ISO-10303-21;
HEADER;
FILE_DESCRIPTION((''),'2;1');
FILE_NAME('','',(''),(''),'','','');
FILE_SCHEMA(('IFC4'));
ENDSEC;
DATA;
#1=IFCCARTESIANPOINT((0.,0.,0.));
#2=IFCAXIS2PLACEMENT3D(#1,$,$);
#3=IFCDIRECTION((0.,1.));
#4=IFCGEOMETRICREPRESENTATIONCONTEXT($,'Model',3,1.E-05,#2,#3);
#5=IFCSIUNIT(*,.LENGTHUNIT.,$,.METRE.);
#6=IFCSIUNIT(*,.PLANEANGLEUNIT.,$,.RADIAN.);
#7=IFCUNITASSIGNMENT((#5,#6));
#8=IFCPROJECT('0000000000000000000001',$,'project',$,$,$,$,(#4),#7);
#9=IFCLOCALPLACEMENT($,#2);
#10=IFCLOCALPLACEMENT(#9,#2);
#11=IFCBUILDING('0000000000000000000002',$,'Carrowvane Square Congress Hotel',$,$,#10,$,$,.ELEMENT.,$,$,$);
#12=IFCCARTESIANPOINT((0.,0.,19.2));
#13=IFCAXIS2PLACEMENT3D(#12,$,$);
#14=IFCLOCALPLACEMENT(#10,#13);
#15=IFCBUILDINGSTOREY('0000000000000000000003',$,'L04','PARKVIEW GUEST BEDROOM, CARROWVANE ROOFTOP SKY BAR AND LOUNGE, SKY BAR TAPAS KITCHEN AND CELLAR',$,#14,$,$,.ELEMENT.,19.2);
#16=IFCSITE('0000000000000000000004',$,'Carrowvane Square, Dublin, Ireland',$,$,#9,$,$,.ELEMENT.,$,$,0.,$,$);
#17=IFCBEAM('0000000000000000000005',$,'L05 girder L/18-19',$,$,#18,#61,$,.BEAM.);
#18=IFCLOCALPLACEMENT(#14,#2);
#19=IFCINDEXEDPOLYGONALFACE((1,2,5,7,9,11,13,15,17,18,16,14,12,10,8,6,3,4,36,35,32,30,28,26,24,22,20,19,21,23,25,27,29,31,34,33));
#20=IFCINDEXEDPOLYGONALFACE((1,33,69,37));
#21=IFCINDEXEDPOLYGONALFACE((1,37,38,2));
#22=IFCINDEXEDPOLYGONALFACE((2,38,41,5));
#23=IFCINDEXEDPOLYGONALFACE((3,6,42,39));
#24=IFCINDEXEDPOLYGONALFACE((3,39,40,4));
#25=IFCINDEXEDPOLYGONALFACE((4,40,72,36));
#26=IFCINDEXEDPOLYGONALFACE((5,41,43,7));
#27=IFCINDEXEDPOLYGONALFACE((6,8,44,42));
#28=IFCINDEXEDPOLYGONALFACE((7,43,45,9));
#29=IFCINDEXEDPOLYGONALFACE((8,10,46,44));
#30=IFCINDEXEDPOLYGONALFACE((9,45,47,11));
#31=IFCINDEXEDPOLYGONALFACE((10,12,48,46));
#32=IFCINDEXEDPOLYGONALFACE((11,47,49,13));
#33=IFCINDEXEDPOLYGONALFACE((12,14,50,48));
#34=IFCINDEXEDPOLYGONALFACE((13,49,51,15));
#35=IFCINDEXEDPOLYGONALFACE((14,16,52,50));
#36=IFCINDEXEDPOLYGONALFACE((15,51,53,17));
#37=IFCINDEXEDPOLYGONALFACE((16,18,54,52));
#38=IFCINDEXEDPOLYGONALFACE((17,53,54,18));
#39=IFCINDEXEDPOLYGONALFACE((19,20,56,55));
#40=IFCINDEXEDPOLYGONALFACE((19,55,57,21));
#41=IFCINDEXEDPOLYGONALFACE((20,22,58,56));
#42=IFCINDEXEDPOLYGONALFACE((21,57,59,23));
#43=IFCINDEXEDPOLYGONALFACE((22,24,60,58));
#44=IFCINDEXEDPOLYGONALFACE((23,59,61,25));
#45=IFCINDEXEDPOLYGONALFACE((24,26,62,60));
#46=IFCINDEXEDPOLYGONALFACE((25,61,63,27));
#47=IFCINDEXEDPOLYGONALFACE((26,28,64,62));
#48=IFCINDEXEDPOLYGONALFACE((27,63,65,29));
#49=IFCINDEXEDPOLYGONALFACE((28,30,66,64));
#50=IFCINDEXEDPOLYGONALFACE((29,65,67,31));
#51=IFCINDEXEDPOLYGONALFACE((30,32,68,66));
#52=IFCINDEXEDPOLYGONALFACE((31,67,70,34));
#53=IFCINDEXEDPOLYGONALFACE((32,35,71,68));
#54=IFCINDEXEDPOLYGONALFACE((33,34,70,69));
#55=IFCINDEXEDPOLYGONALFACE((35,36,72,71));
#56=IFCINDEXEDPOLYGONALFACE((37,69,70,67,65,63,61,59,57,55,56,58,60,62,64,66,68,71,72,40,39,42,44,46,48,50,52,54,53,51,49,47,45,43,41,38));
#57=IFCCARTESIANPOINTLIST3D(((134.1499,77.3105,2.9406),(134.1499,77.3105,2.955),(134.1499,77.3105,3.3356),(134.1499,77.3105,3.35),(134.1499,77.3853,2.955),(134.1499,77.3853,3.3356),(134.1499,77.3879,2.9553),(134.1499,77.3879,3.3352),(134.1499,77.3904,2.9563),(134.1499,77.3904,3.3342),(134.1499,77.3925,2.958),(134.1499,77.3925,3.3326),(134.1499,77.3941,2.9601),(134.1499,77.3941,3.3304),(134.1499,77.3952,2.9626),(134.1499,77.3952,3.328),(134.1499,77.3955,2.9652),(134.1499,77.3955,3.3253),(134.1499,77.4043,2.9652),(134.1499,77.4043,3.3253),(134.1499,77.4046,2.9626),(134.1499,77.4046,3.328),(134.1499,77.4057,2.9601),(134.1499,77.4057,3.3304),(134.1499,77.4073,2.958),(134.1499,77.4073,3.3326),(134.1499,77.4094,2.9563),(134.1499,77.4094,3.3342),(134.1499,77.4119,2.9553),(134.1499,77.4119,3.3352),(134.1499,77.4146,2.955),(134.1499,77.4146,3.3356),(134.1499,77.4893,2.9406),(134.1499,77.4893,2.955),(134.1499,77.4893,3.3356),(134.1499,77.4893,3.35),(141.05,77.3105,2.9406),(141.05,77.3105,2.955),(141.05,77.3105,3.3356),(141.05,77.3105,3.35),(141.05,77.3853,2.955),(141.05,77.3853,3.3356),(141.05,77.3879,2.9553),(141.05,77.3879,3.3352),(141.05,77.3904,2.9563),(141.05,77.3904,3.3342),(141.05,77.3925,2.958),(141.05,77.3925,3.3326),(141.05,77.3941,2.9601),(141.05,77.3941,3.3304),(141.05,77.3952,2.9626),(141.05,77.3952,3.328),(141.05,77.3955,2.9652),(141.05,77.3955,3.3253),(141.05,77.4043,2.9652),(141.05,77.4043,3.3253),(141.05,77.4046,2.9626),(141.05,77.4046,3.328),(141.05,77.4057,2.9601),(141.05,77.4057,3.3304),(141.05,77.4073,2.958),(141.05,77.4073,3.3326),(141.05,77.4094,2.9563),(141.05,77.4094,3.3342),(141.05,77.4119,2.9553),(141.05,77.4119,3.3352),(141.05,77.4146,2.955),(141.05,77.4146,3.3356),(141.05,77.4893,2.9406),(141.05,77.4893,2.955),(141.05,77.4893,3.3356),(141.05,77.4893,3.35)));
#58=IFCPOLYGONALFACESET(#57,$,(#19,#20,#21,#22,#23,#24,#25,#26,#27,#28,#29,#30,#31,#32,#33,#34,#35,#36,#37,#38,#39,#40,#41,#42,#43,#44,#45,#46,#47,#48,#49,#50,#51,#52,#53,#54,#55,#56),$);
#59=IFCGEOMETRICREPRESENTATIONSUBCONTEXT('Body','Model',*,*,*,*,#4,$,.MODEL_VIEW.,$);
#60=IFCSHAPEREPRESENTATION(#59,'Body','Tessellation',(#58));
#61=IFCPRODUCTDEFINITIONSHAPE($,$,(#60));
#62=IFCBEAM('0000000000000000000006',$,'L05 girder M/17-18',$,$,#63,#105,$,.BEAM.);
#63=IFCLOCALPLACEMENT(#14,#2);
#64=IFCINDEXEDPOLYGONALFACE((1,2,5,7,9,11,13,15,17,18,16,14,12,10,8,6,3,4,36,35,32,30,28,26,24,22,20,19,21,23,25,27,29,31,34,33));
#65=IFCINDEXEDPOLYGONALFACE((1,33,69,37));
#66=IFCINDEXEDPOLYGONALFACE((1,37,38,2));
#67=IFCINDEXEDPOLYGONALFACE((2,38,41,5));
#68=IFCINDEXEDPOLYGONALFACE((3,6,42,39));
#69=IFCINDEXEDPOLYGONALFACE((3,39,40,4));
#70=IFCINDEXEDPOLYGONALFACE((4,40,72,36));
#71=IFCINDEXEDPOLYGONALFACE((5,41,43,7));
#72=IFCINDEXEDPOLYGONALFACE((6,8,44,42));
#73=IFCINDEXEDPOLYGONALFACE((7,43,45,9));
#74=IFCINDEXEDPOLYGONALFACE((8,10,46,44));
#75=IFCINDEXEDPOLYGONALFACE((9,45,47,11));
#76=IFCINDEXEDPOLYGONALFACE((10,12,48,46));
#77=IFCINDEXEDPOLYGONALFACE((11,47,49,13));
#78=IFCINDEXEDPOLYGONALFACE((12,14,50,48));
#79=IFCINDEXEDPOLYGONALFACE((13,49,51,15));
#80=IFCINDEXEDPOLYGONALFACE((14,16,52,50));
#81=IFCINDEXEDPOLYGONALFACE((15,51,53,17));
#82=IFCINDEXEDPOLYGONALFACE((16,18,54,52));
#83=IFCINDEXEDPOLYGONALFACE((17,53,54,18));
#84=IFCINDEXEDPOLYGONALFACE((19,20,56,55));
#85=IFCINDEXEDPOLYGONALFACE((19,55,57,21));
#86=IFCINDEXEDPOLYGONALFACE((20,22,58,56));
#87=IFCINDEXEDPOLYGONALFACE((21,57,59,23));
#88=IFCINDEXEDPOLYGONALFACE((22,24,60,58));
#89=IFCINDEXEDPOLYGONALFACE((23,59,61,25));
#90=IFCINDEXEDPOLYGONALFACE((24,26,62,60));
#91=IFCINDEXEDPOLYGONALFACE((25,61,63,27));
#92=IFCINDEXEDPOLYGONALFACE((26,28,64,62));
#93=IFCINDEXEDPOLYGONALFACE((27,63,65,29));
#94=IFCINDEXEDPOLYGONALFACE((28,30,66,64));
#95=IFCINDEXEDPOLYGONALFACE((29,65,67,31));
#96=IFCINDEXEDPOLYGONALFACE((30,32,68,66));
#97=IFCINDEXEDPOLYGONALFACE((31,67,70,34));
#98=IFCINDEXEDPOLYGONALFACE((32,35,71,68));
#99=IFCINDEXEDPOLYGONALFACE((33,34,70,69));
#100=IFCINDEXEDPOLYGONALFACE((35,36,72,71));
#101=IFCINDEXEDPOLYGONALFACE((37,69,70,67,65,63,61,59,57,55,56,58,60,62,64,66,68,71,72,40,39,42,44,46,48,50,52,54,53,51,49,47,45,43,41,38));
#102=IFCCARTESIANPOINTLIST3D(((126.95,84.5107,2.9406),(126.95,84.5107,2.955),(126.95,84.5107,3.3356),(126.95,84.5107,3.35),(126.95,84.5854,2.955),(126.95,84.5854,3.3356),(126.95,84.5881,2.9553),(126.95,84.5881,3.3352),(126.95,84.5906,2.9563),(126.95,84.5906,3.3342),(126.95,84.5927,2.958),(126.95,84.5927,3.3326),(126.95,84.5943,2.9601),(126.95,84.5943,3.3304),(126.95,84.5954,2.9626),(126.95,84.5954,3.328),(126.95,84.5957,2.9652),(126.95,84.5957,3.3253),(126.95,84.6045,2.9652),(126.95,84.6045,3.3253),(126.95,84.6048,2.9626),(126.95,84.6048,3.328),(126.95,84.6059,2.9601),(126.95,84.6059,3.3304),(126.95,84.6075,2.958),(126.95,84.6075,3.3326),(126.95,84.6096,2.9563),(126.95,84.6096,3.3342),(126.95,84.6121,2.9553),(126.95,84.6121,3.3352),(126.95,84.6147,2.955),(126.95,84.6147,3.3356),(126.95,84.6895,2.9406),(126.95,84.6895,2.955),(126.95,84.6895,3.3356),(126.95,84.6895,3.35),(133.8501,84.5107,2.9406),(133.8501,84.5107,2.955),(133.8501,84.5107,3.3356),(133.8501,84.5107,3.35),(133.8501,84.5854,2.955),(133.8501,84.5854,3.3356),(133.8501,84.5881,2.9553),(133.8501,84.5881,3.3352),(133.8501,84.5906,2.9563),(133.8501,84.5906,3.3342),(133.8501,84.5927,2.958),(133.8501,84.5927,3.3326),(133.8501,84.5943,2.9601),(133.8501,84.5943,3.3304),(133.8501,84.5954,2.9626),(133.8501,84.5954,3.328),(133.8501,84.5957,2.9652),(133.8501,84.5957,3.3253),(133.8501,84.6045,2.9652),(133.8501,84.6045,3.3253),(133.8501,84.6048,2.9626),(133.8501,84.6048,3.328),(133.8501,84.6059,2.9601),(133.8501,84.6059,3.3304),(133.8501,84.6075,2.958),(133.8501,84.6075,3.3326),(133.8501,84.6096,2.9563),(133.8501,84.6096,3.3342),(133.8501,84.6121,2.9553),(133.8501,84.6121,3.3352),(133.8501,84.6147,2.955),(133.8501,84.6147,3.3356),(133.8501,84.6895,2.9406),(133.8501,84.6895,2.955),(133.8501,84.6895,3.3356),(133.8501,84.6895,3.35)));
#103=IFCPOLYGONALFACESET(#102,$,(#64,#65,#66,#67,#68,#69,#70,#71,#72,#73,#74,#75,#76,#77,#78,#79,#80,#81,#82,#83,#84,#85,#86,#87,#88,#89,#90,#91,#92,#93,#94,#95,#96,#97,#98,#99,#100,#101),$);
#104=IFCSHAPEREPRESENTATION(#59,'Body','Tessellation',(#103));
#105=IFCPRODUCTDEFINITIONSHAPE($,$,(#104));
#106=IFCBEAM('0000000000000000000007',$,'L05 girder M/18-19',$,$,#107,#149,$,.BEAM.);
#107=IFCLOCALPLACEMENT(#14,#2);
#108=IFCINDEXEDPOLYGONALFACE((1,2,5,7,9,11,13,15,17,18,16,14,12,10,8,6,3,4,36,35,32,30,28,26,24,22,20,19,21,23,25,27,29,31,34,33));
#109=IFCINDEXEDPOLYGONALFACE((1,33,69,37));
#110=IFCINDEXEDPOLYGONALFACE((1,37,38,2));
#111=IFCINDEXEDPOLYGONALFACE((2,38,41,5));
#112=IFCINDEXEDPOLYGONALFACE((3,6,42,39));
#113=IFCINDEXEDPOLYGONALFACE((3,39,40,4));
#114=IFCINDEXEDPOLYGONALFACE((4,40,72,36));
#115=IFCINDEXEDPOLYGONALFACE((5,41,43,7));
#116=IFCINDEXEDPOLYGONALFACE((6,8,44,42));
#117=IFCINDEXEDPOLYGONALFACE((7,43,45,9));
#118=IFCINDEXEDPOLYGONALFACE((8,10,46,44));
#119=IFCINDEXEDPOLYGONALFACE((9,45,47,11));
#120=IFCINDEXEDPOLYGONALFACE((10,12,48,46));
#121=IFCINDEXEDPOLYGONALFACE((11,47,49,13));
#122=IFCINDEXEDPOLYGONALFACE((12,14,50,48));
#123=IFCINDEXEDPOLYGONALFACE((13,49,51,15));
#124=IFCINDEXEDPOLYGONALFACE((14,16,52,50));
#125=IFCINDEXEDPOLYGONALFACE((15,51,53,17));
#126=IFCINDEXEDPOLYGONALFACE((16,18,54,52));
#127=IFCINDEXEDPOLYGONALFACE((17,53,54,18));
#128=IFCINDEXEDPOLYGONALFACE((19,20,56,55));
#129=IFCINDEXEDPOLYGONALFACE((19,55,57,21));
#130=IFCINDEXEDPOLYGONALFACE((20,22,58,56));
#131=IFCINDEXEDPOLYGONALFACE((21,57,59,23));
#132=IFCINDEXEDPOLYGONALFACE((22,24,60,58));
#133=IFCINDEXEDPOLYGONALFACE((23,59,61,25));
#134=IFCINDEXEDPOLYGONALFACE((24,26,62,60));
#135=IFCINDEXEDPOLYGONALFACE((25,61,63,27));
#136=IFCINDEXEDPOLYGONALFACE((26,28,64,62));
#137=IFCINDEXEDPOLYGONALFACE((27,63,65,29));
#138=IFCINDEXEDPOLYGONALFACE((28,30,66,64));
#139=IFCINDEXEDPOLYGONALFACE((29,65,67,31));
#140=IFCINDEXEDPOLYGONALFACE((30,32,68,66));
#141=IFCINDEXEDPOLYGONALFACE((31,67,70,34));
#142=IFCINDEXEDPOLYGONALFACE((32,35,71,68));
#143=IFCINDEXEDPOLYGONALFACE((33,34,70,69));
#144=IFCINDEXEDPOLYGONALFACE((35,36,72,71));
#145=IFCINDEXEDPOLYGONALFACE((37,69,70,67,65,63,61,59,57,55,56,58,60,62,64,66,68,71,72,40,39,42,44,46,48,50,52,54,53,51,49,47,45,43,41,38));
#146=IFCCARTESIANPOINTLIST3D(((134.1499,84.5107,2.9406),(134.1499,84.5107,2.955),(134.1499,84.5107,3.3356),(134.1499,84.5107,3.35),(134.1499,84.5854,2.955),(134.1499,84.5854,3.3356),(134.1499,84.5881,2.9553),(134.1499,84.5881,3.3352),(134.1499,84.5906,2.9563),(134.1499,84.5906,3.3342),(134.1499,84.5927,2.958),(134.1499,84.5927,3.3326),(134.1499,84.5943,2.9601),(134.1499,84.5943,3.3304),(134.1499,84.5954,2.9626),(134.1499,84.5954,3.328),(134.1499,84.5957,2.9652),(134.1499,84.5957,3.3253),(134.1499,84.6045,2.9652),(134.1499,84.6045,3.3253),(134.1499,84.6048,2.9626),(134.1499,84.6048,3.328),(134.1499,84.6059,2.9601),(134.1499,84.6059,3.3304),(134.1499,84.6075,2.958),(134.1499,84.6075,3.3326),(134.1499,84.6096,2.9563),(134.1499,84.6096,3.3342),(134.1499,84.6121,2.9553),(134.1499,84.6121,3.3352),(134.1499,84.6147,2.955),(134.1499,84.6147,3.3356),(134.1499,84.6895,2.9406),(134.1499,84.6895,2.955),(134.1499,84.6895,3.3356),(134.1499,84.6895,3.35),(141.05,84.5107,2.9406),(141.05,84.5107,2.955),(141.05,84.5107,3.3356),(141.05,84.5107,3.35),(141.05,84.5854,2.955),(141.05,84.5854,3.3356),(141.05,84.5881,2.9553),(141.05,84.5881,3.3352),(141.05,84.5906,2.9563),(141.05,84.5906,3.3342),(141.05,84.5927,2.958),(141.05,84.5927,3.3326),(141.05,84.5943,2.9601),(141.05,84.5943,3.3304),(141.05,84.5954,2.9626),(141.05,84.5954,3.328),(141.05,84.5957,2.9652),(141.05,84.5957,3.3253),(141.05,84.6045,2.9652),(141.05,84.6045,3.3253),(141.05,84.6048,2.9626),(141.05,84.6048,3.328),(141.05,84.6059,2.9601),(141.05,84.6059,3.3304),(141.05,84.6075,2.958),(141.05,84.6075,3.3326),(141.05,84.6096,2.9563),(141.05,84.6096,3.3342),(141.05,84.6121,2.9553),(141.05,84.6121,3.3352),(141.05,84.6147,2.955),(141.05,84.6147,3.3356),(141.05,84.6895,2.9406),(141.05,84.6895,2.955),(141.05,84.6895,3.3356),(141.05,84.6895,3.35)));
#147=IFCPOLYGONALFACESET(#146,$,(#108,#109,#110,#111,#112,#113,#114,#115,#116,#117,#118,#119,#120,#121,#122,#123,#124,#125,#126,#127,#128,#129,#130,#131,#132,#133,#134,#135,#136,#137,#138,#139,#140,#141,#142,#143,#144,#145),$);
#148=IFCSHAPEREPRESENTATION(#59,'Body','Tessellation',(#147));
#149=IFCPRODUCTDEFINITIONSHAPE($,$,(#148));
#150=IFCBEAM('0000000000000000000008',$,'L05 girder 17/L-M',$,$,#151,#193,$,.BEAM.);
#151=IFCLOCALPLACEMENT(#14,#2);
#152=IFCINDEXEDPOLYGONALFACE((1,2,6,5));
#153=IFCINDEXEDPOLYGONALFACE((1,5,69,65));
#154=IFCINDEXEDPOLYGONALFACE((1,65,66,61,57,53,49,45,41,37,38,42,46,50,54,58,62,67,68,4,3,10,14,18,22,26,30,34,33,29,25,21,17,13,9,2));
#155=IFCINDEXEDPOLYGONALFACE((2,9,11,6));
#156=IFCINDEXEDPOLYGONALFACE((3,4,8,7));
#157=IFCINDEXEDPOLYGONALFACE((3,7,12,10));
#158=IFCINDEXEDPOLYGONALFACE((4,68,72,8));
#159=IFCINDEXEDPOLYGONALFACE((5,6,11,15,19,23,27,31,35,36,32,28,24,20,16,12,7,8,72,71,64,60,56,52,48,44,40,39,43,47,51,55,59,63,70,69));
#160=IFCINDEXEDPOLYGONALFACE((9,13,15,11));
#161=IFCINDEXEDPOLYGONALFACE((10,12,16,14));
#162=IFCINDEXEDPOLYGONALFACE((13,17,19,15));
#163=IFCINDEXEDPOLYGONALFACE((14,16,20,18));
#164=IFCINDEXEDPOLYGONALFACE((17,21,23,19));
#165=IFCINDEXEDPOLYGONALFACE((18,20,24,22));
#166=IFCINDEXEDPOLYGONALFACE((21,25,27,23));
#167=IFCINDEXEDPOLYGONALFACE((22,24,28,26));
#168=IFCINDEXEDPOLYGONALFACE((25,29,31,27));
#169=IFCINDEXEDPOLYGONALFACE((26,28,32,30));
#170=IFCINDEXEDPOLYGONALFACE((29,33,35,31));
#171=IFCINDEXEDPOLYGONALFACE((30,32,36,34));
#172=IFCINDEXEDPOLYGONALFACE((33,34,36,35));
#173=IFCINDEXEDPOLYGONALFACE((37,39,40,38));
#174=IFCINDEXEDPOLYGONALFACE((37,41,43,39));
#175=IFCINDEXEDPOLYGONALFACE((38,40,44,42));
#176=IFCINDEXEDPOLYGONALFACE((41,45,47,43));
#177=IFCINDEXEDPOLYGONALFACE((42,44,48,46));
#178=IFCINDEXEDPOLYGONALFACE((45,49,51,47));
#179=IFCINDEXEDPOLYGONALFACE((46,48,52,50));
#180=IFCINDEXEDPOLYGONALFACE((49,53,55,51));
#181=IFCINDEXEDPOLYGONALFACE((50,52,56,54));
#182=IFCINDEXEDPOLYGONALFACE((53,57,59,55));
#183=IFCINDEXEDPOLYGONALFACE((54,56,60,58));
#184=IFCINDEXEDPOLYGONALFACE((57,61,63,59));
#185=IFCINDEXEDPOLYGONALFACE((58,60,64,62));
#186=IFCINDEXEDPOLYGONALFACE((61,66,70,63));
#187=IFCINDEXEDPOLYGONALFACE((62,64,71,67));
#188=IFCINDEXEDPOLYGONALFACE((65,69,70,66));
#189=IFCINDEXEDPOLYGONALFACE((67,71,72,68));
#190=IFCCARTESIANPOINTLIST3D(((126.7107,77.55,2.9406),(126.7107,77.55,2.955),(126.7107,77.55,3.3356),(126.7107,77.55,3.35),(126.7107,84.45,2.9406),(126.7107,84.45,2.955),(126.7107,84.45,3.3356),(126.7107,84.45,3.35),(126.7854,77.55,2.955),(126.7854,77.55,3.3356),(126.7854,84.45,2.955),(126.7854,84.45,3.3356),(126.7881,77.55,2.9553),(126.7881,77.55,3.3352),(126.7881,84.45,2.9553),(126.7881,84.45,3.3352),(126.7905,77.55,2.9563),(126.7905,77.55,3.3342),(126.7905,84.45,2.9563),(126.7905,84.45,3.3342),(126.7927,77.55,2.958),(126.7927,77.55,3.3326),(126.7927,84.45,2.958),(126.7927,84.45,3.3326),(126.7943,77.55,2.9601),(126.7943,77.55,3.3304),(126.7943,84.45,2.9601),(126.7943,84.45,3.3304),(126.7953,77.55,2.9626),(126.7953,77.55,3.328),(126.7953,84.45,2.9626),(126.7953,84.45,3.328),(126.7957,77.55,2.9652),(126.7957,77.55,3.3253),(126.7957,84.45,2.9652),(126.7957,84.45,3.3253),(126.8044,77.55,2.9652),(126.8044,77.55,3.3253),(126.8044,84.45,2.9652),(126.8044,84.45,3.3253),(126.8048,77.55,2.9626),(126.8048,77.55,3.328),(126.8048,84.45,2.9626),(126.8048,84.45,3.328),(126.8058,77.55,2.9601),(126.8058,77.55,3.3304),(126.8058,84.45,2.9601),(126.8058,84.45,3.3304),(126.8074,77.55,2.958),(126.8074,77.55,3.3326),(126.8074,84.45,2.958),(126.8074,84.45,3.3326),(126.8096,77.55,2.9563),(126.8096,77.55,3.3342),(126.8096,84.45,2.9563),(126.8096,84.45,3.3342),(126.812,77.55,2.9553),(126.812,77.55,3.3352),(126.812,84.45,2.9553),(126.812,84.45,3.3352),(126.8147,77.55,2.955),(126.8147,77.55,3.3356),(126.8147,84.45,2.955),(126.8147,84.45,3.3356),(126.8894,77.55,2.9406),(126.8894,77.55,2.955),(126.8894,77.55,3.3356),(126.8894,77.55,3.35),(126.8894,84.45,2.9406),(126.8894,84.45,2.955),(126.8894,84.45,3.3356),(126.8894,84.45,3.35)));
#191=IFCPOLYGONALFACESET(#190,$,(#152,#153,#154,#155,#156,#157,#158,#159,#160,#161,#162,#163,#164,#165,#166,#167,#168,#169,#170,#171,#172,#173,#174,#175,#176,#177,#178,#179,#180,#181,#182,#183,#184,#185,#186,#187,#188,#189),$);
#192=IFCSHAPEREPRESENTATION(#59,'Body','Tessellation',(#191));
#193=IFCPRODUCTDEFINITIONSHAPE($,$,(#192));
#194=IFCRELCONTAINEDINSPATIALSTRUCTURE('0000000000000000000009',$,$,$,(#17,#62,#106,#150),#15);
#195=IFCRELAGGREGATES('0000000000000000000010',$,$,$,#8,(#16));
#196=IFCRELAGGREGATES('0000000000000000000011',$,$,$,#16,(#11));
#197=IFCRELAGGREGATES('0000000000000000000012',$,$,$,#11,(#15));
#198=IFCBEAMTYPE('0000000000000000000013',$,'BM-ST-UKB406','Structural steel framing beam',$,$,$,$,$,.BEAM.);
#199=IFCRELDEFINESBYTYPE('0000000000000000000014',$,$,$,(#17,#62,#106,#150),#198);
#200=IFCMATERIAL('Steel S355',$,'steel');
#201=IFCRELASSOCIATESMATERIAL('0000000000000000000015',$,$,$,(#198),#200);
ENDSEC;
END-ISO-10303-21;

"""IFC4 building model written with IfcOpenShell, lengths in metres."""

from ifc_helpers import new_model, si_unit, direction, frame, origin, origin_2d, place, context, subcontext, project, spatial, i_section, extrude, material, material_profile, profile_set, type_object, element, save


model = new_model("IFC4")

# Units and contexts
model_context = context("Model", 3, precision=1e-05, world=origin(), true_north=direction((0.0, 1.0)))
body_context = subcontext(model_context, "Body", "Model", "MODEL_VIEW")
ifc_project = project(units=[si_unit("LENGTHUNIT", "METRE"), si_unit("PLANEANGLEUNIT", "RADIAN")], contexts=[model_context])

# Site, building, storey
site_placement = place(None, origin())
site = spatial("IfcSite", under=ifc_project, at=site_placement, Name="Carrowvane Square, Dublin, Ireland", CompositionType="ELEMENT", RefElevation=0.0)
building_placement = place(site_placement, origin())
building = spatial("IfcBuilding", under=site, at=building_placement, Name="Carrowvane Square Congress Hotel", CompositionType="ELEMENT")
storey_placement = place(building_placement, frame((0.0, 0.0, 19.2)))
storey = spatial("IfcBuildingStorey", under=building, at=storey_placement, Name="L04", Description="PARKVIEW GUEST BEDROOM, CARROWVANE ROOFTOP SKY BAR AND LOUNGE, SKY BAR TAPAS KITCHEN AND CELLAR", CompositionType="ELEMENT", Elevation=19.2)

# Beams
ifc_material_1 = material(Name="Steel S355", Category="steel")
ifc_material_profile_1 = material_profile(ifc_material_1, i_section(OverallWidth=0.1787, OverallDepth=0.4094, WebThickness=0.0088, FlangeThickness=0.0144, FilletRadius=0.0103, at=origin_2d()), Name="UKB 406x178x67")
ifc_profile_set_1 = profile_set([ifc_material_profile_1], Name="Steel S355")
beam_type_1 = type_object("IfcBeamType", Name="BM-ST-UKB406", Description="Structural steel framing beam", PredefinedType="BEAM", material=ifc_profile_set_1)
for number, where, z_axis, x_axis, name in (
    (1, (134.1499, 77.3999, 3.1453), (1.0, 0.0, 0.0), (0.0, 1.0, 0.0), "L05 girder L/18-19"),
    (2, (126.95, 84.6001, 3.1453), (1.0, 0.0, 0.0), (0.0, 1.0, 0.0), "L05 girder M/17-18"),
    (3, (134.1499, 84.6001, 3.1453), (1.0, 0.0, 0.0), (0.0, 1.0, 0.0), "L05 girder M/18-19"),
):
    element("IfcBeam", number, at=place(storey_placement, frame(where, z_axis=z_axis, x_axis=x_axis)), inside=storey, type_object=beam_type_1, Name=name, PredefinedType="BEAM", context=body_context, shape_type="SweptSolid", body=[
        extrude(i_section(OverallWidth=0.1787, OverallDepth=0.4094, WebThickness=0.0088, FlangeThickness=0.0144, FilletRadius=0.0103, at=origin_2d()), origin(), (0.0, 0.0, 1.0), 6.9001),
    ])
beam_1_placement = place(storey_placement, frame((126.8, 77.55, 3.1453), z_axis=(0.0, 1.0, 0.0), x_axis=(-1.0, 0.0, 0.0)))
element("IfcBeam", 4, at=beam_1_placement, inside=storey, type_object=beam_type_1, Name="L05 girder 17/L-M", PredefinedType="BEAM", context=body_context, shape_type="SweptSolid", body=[
    extrude(i_section(OverallWidth=0.1787, OverallDepth=0.4094, WebThickness=0.0088, FlangeThickness=0.0144, FilletRadius=0.0103, at=origin_2d()), origin(), (0.0, 0.0, 1.0), 6.8999),
])

save(model, "model.ifc")
